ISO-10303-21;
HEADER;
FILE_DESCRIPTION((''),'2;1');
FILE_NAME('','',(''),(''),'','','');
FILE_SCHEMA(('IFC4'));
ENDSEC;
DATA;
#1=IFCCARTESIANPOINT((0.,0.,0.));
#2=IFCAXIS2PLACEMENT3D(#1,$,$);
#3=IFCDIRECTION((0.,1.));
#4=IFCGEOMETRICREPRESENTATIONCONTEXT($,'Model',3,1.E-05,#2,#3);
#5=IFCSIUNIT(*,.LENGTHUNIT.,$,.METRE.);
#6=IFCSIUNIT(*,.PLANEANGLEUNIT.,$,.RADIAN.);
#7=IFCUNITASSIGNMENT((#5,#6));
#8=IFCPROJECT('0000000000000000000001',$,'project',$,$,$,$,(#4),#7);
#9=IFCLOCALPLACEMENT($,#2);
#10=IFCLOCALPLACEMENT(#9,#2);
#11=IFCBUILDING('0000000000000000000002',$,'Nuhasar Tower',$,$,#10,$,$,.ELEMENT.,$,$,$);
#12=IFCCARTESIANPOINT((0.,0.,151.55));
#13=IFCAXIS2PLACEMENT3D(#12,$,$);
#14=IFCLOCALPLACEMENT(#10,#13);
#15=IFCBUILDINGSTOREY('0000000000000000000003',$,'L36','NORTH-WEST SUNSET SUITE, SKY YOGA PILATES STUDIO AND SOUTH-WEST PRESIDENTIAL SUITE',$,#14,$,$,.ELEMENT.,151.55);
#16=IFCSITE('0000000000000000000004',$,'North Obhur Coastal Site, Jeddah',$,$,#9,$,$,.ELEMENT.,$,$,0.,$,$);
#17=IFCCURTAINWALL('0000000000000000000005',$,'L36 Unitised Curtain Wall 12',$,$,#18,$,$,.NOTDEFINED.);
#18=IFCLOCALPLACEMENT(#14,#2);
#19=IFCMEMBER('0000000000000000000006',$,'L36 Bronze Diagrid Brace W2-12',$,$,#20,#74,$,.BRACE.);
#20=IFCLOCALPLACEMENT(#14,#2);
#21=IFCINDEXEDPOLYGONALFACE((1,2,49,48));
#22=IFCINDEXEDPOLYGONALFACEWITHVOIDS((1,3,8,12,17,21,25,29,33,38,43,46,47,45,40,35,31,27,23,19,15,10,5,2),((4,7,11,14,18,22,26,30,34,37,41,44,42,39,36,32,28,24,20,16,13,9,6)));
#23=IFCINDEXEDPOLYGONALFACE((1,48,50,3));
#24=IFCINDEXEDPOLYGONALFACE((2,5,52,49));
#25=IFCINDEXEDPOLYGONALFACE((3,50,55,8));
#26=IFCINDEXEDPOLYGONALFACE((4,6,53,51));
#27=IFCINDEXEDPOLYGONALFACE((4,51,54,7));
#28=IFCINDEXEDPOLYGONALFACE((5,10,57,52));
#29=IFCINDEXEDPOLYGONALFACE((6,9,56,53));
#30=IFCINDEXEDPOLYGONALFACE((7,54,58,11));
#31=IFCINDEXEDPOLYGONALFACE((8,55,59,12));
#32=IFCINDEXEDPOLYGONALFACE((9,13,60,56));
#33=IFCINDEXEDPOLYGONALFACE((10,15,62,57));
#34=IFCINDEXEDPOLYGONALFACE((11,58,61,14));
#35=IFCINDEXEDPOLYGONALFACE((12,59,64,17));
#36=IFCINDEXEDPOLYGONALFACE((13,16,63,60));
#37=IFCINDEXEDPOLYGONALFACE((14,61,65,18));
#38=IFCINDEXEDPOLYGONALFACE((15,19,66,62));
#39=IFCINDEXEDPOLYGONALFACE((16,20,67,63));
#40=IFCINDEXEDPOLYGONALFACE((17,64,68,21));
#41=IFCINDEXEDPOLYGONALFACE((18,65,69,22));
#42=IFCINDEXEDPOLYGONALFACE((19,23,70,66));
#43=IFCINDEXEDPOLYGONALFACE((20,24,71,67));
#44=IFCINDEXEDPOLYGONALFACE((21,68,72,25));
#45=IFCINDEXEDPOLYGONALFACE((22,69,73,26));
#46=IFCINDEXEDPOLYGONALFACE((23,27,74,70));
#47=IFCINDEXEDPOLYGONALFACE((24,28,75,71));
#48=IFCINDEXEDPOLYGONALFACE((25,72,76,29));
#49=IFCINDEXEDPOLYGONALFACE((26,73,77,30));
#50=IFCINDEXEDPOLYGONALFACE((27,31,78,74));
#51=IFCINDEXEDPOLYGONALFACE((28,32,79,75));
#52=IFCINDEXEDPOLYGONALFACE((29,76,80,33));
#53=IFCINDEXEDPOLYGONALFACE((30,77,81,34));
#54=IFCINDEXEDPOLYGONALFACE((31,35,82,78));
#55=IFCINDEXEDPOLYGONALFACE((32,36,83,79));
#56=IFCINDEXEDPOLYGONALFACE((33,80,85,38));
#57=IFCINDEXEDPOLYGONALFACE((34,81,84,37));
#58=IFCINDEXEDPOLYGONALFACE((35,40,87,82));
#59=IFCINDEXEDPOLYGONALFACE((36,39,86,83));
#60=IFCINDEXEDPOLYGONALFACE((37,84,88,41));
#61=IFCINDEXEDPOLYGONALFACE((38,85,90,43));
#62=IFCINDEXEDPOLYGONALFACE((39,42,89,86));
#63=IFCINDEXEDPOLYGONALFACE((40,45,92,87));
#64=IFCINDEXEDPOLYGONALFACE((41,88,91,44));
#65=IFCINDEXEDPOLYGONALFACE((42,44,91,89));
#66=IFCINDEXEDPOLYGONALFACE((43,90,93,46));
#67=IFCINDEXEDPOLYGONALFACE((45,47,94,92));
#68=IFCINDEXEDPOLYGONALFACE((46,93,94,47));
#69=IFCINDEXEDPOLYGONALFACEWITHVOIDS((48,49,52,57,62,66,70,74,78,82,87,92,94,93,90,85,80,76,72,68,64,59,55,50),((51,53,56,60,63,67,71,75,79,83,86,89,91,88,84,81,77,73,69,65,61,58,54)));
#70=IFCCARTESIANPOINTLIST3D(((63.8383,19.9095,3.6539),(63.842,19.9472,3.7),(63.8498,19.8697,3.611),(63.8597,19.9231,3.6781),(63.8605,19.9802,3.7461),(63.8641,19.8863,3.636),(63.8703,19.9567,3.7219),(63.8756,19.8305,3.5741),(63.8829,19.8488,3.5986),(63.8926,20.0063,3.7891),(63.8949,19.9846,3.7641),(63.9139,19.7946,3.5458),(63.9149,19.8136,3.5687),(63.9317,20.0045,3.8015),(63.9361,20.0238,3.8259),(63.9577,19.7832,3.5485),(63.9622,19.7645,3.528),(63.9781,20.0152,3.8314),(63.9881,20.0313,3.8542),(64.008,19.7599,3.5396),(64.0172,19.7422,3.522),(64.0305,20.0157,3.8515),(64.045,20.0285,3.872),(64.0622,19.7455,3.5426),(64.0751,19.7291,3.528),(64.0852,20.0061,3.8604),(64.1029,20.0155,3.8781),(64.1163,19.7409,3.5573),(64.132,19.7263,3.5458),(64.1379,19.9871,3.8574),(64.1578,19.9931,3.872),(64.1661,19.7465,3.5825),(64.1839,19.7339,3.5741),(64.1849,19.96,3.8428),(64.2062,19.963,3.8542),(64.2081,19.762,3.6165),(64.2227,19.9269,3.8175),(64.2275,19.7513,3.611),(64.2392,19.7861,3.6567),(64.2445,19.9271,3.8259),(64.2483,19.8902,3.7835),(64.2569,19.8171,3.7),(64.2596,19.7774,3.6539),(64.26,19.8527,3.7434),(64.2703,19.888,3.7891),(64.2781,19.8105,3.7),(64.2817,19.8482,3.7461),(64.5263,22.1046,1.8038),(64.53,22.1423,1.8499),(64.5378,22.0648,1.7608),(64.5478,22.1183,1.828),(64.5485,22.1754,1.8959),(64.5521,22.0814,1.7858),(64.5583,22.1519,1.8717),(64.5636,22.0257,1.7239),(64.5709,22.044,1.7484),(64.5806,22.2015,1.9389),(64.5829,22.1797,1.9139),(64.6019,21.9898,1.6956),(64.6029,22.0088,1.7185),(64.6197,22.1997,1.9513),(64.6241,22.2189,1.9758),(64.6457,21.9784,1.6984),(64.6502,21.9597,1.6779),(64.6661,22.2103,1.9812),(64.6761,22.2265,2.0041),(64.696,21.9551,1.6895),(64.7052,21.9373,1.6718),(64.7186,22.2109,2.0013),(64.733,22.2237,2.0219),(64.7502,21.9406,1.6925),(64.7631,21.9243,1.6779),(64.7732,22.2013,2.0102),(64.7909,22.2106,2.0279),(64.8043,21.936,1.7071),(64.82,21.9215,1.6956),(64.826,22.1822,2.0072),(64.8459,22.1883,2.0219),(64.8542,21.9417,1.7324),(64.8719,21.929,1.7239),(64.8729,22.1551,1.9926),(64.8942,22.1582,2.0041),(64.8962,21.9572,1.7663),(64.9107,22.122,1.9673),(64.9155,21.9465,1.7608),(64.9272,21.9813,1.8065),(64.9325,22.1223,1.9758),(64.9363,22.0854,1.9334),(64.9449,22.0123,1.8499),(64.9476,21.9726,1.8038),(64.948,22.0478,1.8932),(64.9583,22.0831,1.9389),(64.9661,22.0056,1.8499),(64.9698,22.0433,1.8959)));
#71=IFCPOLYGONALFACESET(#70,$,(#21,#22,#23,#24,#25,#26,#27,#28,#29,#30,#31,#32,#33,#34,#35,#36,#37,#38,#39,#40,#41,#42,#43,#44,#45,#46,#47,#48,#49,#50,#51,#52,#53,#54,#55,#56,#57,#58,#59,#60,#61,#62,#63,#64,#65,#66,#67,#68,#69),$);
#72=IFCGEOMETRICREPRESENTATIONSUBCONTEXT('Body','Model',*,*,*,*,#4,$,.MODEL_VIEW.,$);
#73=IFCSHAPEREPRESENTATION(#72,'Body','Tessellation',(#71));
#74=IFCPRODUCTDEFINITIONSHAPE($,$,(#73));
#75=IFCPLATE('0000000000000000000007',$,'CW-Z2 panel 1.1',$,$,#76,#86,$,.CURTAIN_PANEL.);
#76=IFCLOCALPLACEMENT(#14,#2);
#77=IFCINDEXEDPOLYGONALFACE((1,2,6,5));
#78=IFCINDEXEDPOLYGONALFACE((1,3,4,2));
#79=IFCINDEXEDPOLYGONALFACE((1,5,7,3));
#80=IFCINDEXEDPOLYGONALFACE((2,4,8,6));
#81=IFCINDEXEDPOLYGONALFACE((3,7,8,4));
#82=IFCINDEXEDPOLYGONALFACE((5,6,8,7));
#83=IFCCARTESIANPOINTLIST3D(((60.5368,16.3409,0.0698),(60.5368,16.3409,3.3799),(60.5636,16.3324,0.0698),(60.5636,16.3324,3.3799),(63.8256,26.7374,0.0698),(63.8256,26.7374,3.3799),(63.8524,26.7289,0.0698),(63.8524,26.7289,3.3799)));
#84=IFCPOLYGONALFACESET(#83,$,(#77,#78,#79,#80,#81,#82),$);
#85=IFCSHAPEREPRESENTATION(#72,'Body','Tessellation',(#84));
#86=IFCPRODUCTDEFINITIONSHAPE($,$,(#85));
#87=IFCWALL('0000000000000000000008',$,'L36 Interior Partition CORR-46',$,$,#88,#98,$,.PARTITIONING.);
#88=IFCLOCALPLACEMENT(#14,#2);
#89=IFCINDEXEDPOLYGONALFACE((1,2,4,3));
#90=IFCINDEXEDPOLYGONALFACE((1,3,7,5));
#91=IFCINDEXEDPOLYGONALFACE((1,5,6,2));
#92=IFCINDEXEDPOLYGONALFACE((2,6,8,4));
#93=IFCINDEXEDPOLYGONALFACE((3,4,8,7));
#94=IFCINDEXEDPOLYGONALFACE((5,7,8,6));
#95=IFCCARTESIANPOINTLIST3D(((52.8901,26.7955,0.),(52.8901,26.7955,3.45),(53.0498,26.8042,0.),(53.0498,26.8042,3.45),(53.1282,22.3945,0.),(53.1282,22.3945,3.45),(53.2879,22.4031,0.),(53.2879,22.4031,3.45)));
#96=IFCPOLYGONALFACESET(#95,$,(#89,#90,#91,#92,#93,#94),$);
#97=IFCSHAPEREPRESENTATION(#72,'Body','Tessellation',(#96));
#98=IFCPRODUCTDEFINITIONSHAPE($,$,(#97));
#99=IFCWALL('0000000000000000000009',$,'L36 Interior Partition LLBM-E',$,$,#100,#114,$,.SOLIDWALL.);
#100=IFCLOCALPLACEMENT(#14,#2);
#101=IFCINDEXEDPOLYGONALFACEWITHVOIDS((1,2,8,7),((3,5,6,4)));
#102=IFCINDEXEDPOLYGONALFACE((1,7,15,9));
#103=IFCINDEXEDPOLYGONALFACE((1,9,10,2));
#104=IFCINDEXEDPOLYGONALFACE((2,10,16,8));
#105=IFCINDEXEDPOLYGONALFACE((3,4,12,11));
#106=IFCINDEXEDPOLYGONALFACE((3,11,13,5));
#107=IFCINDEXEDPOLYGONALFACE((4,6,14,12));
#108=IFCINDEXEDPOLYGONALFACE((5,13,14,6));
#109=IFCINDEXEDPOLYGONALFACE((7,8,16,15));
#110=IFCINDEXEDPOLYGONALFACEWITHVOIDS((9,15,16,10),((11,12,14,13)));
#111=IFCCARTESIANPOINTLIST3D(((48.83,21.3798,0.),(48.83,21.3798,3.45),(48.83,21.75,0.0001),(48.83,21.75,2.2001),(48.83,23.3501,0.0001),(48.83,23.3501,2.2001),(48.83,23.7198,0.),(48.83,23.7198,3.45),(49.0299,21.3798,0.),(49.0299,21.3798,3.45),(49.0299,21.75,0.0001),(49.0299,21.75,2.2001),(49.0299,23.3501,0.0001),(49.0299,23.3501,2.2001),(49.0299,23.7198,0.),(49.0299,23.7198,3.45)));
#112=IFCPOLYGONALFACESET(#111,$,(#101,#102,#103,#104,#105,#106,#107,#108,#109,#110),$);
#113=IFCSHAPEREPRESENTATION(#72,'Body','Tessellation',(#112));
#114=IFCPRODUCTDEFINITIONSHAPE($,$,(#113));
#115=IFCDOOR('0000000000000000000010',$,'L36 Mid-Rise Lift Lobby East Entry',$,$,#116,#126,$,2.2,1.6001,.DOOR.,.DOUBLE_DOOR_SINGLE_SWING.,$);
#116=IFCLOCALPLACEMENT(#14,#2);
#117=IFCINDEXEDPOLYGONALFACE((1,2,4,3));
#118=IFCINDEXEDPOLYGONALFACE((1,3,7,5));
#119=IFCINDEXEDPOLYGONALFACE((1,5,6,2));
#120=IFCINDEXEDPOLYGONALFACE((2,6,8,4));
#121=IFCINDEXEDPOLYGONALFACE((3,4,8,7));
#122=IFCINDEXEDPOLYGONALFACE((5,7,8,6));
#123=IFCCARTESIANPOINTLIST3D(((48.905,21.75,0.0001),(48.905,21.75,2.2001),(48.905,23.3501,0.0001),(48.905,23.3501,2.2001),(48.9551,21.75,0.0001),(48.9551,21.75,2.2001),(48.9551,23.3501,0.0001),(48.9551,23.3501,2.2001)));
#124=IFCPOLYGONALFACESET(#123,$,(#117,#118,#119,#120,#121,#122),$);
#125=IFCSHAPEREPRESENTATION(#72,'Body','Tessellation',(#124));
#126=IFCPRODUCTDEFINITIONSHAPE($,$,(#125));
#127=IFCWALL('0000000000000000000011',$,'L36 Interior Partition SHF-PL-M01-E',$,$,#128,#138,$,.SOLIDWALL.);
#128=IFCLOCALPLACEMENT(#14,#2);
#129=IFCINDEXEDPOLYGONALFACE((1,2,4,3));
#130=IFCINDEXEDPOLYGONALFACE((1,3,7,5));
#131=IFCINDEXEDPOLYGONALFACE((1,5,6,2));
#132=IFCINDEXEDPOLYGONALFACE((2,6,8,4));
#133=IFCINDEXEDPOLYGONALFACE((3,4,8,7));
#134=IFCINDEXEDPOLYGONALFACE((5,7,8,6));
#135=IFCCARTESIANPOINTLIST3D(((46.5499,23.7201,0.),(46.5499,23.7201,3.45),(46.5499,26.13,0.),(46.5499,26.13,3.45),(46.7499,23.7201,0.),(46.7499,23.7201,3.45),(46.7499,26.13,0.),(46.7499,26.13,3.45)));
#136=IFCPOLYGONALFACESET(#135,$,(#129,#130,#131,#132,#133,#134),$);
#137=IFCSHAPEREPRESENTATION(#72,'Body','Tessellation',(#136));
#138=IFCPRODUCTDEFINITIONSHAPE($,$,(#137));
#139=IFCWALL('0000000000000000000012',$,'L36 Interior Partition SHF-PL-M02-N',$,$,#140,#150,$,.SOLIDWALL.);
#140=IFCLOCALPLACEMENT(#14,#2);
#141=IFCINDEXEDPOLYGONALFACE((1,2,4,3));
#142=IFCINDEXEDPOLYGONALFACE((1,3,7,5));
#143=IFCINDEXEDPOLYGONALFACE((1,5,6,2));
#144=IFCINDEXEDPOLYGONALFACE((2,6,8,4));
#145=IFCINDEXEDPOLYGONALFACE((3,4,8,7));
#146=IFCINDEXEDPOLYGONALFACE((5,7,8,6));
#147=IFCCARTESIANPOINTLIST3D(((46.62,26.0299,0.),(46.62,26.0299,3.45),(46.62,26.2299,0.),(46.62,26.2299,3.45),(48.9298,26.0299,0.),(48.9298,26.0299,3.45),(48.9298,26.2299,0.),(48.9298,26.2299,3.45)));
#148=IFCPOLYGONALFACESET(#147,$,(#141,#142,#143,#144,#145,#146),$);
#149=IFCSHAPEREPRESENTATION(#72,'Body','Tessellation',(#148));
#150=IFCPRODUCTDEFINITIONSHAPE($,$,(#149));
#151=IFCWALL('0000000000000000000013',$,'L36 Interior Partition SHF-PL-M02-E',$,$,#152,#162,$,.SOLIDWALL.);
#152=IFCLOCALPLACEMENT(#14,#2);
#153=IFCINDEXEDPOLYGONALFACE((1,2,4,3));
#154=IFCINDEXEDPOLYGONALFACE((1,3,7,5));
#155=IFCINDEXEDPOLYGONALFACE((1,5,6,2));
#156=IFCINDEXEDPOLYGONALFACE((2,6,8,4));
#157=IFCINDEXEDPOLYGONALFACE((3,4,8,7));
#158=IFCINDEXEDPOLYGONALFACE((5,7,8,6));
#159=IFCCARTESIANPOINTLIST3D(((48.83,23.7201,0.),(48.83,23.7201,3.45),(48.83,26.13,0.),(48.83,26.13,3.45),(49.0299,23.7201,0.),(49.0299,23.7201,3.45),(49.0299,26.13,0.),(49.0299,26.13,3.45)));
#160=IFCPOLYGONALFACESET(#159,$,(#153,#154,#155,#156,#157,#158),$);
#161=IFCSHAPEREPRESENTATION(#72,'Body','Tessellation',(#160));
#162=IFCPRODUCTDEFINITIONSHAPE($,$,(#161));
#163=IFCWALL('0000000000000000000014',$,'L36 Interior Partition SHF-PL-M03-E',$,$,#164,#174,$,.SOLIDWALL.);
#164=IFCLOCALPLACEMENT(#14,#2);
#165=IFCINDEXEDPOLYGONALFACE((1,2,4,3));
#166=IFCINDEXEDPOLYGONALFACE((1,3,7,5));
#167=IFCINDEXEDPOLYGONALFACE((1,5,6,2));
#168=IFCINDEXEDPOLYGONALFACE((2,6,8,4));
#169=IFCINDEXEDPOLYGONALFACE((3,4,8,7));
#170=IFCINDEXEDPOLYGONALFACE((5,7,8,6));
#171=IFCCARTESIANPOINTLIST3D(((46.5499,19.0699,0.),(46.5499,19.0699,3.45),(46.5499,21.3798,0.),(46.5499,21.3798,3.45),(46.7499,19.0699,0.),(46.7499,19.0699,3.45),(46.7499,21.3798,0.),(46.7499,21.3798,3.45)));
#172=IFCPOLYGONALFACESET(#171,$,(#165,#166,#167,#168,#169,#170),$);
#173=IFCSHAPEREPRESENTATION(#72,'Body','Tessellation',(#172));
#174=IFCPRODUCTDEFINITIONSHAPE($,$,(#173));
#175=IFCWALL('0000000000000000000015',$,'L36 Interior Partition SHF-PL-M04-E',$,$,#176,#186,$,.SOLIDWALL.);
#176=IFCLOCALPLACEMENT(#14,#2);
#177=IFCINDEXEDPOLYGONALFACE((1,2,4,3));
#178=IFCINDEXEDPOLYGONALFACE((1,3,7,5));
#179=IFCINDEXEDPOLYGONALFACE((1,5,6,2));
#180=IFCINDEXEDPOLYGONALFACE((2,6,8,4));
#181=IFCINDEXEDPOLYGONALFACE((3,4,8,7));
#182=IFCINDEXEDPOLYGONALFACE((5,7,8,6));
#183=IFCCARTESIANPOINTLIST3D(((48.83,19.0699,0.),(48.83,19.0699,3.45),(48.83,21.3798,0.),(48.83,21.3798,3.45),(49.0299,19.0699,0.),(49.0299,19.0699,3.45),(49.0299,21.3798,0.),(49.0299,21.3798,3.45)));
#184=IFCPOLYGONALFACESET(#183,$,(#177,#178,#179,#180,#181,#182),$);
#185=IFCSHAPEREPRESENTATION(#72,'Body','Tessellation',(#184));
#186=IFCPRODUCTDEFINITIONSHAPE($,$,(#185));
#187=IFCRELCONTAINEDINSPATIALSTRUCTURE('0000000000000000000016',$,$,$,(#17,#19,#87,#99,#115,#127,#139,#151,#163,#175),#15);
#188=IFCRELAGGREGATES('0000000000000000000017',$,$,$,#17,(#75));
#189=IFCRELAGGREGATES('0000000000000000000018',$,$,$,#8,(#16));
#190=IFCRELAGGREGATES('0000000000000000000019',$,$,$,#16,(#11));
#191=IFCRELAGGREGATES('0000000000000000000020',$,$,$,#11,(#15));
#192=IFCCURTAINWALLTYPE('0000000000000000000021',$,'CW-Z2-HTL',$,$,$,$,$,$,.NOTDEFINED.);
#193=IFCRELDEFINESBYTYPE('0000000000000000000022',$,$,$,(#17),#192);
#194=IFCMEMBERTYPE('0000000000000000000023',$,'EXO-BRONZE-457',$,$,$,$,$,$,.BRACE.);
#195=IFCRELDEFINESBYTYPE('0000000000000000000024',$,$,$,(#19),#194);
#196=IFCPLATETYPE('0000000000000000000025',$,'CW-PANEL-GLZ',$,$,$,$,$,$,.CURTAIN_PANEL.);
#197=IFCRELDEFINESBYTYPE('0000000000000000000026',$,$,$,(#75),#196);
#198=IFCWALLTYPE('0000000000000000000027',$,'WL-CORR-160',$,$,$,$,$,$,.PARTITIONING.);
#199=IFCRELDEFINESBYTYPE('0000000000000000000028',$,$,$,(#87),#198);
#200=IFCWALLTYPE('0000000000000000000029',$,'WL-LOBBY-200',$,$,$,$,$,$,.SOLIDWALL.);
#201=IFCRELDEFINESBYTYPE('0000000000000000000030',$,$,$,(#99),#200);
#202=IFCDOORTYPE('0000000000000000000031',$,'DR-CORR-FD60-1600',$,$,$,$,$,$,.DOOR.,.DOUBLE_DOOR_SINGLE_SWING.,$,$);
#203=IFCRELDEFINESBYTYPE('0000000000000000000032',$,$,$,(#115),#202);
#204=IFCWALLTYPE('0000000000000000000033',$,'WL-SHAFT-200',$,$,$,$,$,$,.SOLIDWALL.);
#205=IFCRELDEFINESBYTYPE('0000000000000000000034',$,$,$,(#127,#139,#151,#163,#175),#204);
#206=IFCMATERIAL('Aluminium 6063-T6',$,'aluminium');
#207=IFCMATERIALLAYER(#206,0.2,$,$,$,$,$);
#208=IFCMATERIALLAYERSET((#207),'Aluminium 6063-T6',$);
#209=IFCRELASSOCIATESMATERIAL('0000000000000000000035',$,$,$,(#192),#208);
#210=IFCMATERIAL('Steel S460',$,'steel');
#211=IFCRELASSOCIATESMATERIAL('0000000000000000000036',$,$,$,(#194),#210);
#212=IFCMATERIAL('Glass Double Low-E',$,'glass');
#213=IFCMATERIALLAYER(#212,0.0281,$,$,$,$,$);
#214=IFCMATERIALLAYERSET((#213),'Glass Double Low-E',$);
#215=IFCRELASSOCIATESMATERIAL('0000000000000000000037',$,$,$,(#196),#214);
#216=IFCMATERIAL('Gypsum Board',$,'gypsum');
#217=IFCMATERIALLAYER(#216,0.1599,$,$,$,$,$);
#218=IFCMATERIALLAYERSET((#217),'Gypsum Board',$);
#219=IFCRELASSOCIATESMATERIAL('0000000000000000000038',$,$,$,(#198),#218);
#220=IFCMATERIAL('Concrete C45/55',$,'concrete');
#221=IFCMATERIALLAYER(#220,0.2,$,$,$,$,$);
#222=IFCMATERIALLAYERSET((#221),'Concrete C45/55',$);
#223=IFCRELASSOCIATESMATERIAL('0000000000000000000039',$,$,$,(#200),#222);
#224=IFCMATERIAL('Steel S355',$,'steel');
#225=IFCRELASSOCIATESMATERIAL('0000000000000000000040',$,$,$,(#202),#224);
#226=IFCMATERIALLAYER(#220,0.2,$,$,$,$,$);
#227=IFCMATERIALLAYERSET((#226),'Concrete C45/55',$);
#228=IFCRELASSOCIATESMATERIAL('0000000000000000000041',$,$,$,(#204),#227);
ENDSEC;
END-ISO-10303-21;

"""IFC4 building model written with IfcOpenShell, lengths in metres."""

from ifc_helpers import new_model, si_unit, direction, frame, frame_2d, origin, origin_2d, place, context, subcontext, project, spatial, rectangle, hollow_circle, extrude, material, layer, layer_set, material_profile, profile_set, type_object, element, fill, aggregate, save


model = new_model("IFC4")

# Units and contexts
model_context = context("Model", 3, precision=1e-05, world=origin(), true_north=direction((0.0, 1.0)))
body_context = subcontext(model_context, "Body", "Model", "MODEL_VIEW")
ifc_project = project(units=[si_unit("LENGTHUNIT", "METRE"), si_unit("PLANEANGLEUNIT", "RADIAN")], contexts=[model_context])

# Site, building, storey
site_placement = place(None, origin())
site = spatial("IfcSite", under=ifc_project, at=site_placement, Name="North Obhur Coastal Site, Jeddah", CompositionType="ELEMENT", RefElevation=0.0)
building_placement = place(site_placement, origin())
building = spatial("IfcBuilding", under=site, at=building_placement, Name="Nuhasar Tower", CompositionType="ELEMENT")
storey_placement = place(building_placement, frame((0.0, 0.0, 151.55)))
storey = spatial("IfcBuildingStorey", under=building, at=storey_placement, Name="L36", Description="NORTH-WEST SUNSET SUITE, SKY YOGA PILATES STUDIO AND SOUTH-WEST PRESIDENTIAL SUITE", CompositionType="ELEMENT", Elevation=151.55)

# Shared definitions
ifc_material_1 = material(Name="Steel S355", Category="steel")

# Curtain wall
ifc_material_2 = material(Name="Aluminium 6063-T6", Category="aluminium")
ifc_layer_1 = layer(ifc_material_2, 0.2)
ifc_layer_set_1 = layer_set([ifc_layer_1], Name="Aluminium 6063-T6")
curtain_wall_type = type_object("IfcCurtainWallType", Name="CW-Z2-HTL", PredefinedType="NOTDEFINED", material=ifc_layer_set_1)
curtain_wall_placement = place(storey_placement, origin())
curtain_wall = element("IfcCurtainWall", 1, at=curtain_wall_placement, inside=storey, type_object=curtain_wall_type, Name="L36 Unitised Curtain Wall 12", PredefinedType="NOTDEFINED")

# Member
ifc_material_3 = material(Name="Steel S460", Category="steel")
ifc_material_profile_1 = material_profile(ifc_material_3, hollow_circle(Radius=0.2285, WallThickness=0.0222, at=origin_2d()), Name="HSS457X22.2")
ifc_profile_set_1 = profile_set([ifc_material_profile_1], Name="Steel S460")
member_type_1 = type_object("IfcMemberType", Name="EXO-BRONZE-457", PredefinedType="BRACE", material=ifc_profile_set_1)
member_1_placement = place(storey_placement, frame((64.748, 22.074, 1.8499), z_axis=(-0.233056, -0.743578, 0.626719), x_axis=(0.954228, -0.299079, 0.0)))
element("IfcMember", 2, at=member_1_placement, inside=storey, type_object=member_type_1, Name="L36 Bronze Diagrid Brace W2-12", PredefinedType="BRACE", context=body_context, shape_type="SweptSolid", body=[
    extrude(hollow_circle(Radius=0.2285, WallThickness=0.0222, at=origin_2d()), origin(), (0.0, 0.0, 1.0), 2.9521),
])

# Plate
ifc_material_4 = material(Name="Glass Double Low-E", Category="glass")
ifc_layer_2 = layer(ifc_material_4, 0.0281)
ifc_layer_set_2 = layer_set([ifc_layer_2], Name="Glass Double Low-E")
plate_type = type_object("IfcPlateType", Name="CW-PANEL-GLZ", PredefinedType="CURTAIN_PANEL", material=ifc_layer_set_2)
plate_placement = place(storey_placement, frame((62.1946, 21.5349, 0.0698), z_axis=(0.0, 0.0, 1.0), x_axis=(0.301604, 0.953433, 0.0)))
plate = element("IfcPlate", 3, at=plate_placement, type_object=plate_type, Name="CW-Z2 panel 1.1", PredefinedType="CURTAIN_PANEL", context=body_context, shape_type="SweptSolid", body=[
    extrude(rectangle(XDim=10.9043, YDim=0.0281, at=origin_2d()), origin(), (0.0, 0.0, 1.0), 3.3101),
])
aggregate(curtain_wall, [plate])

# Shared definitions
ifc_material_5 = material(Name="Gypsum Board", Category="gypsum")
ifc_layer_3 = layer(ifc_material_5, 0.1599)
ifc_layer_set_3 = layer_set([ifc_layer_3], Name="Gypsum Board")
wall_type_1 = type_object("IfcWallType", Name="WL-CORR-160", PredefinedType="PARTITIONING", material=ifc_layer_set_3)

# Wall
wall_1_placement = place(storey_placement, frame((53.208, 22.3989, 0.0), z_axis=(0.0, 0.0, 1.0), x_axis=(-0.054007, 0.998541, 0.0)))
element("IfcWall", 4, at=wall_1_placement, inside=storey, type_object=wall_type_1, Name="L36 Interior Partition CORR-46", PredefinedType="PARTITIONING", context=body_context, shape_type="SweptSolid", body=[
    extrude(rectangle(XDim=4.4075, YDim=0.1599, at=frame_2d((2.2036, 0.0))), origin(), (0.0, 0.0, 1.0), 3.45),
])

# Wall, opening, door
ifc_material_6 = material(Name="Concrete C45/55", Category="concrete")
ifc_layer_4 = layer(ifc_material_6, 0.2)
ifc_layer_set_4 = layer_set([ifc_layer_4], Name="Concrete C45/55")
wall_type_2 = type_object("IfcWallType", Name="WL-LOBBY-200", PredefinedType="SOLIDWALL", material=ifc_layer_set_4)
wall_2_placement = place(storey_placement, frame((48.9299, 21.3799, 0.0), z_axis=(0.0, 0.0, 1.0), x_axis=(0.0, 1.0, 0.0)))
wall_2 = element("IfcWall", 5, at=wall_2_placement, inside=storey, type_object=wall_type_2, Name="L36 Interior Partition LLBM-E", PredefinedType="SOLIDWALL", context=body_context, shape_type="SweptSolid", body=[
    extrude(rectangle(XDim=2.3401, YDim=0.2, at=frame_2d((1.1699, 0.0))), origin(), (0.0, 0.0, 1.0), 3.45),
])
opening_1_placement = place(wall_2_placement, frame((0.3701, 0.0, 0.0)))
opening_1 = element("IfcOpeningElement", 6, at=opening_1_placement, cuts=wall_2, PredefinedType="OPENING", context=body_context, shape_type="SweptSolid", body=[
    extrude(rectangle(XDim=1.6001, YDim=2.2, at=frame_2d((0.8, 1.1001))), frame((0.0, 0.1099, 0.0), z_axis=(0.0, -1.0, 0.0), x_axis=(1.0, 0.0, 0.0)), (0.0, 0.0, 1.0), 0.22),
])
door_type_1 = type_object("IfcDoorType", Name="DR-CORR-FD60-1600", OperationType="DOUBLE_DOOR_SINGLE_SWING", PredefinedType="DOOR", material=ifc_material_1)
door_1_placement = place(opening_1_placement, origin())
door_1 = element("IfcDoor", 7, at=door_1_placement, inside=storey, type_object=door_type_1, Name="L36 Mid-Rise Lift Lobby East Entry", OperationType="DOUBLE_DOOR_SINGLE_SWING", OverallHeight=2.2, OverallWidth=1.6001, PredefinedType="DOOR", context=body_context, shape_type="SweptSolid", body=[
    extrude(rectangle(XDim=1.6001, YDim=2.2, at=frame_2d((0.8, 1.1001))), frame((0.0, 0.0249, 0.0), z_axis=(0.0, -1.0, 0.0), x_axis=(1.0, 0.0, 0.0)), (0.0, 0.0, 1.0), 0.05),
])
fill(opening_1, door_1)

# Wall
ifc_layer_5 = layer(ifc_material_6, 0.2)
ifc_layer_set_5 = layer_set([ifc_layer_5], Name="Concrete C45/55")
wall_type_3 = type_object("IfcWallType", Name="WL-SHAFT-200", PredefinedType="SOLIDWALL", material=ifc_layer_set_5)
wall_3_placement = place(storey_placement, frame((46.6499, 23.72, 0.0), z_axis=(0.0, 0.0, 1.0), x_axis=(0.0, 1.0, 0.0)))
element("IfcWall", 8, at=wall_3_placement, inside=storey, type_object=wall_type_3, Name="L36 Interior Partition SHF-PL-M01-E", PredefinedType="SOLIDWALL", context=body_context, shape_type="SweptSolid", body=[
    extrude(rectangle(XDim=2.4099, YDim=0.2, at=frame_2d((1.2051, 0.0))), origin(), (0.0, 0.0, 1.0), 3.45),
])

# Walls
wall_4_placement = place(storey_placement, frame((46.6201, 26.1299, 0.0), z_axis=(0.0, 0.0, 1.0), x_axis=(1.0, 0.0, 0.0)))
element("IfcWall", 9, at=wall_4_placement, inside=storey, type_object=wall_type_3, Name="L36 Interior Partition SHF-PL-M02-N", PredefinedType="SOLIDWALL", context=body_context, shape_type="SweptSolid", body=[
    extrude(rectangle(XDim=2.3098, YDim=0.2, at=frame_2d((1.1548, 0.0))), origin(), (0.0, 0.0, 1.0), 3.45),
])
wall_5_placement = place(storey_placement, frame((48.9299, 23.72, 0.0), z_axis=(0.0, 0.0, 1.0), x_axis=(0.0, 1.0, 0.0)))
element("IfcWall", 10, at=wall_5_placement, inside=storey, type_object=wall_type_3, Name="L36 Interior Partition SHF-PL-M02-E", PredefinedType="SOLIDWALL", context=body_context, shape_type="SweptSolid", body=[
    extrude(rectangle(XDim=2.4099, YDim=0.2, at=frame_2d((1.2051, 0.0))), origin(), (0.0, 0.0, 1.0), 3.45),
])
wall_6_placement = place(storey_placement, frame((46.6499, 19.0701, 0.0), z_axis=(0.0, 0.0, 1.0), x_axis=(0.0, 1.0, 0.0)))
element("IfcWall", 11, at=wall_6_placement, inside=storey, type_object=wall_type_3, Name="L36 Interior Partition SHF-PL-M03-E", PredefinedType="SOLIDWALL", context=body_context, shape_type="SweptSolid", body=[
    extrude(rectangle(XDim=2.3098, YDim=0.2, at=frame_2d((1.1548, 0.0))), origin(), (0.0, 0.0, 1.0), 3.45),
])

# Wall
wall_7_placement = place(storey_placement, frame((48.9299, 19.0701, 0.0), z_axis=(0.0, 0.0, 1.0), x_axis=(0.0, 1.0, 0.0)))
element("IfcWall", 12, at=wall_7_placement, inside=storey, type_object=wall_type_3, Name="L36 Interior Partition SHF-PL-M04-E", PredefinedType="SOLIDWALL", context=body_context, shape_type="SweptSolid", body=[
    extrude(rectangle(XDim=2.3098, YDim=0.2, at=frame_2d((1.1548, 0.0))), origin(), (0.0, 0.0, 1.0), 3.45),
])

save(model, "model.ifc")
